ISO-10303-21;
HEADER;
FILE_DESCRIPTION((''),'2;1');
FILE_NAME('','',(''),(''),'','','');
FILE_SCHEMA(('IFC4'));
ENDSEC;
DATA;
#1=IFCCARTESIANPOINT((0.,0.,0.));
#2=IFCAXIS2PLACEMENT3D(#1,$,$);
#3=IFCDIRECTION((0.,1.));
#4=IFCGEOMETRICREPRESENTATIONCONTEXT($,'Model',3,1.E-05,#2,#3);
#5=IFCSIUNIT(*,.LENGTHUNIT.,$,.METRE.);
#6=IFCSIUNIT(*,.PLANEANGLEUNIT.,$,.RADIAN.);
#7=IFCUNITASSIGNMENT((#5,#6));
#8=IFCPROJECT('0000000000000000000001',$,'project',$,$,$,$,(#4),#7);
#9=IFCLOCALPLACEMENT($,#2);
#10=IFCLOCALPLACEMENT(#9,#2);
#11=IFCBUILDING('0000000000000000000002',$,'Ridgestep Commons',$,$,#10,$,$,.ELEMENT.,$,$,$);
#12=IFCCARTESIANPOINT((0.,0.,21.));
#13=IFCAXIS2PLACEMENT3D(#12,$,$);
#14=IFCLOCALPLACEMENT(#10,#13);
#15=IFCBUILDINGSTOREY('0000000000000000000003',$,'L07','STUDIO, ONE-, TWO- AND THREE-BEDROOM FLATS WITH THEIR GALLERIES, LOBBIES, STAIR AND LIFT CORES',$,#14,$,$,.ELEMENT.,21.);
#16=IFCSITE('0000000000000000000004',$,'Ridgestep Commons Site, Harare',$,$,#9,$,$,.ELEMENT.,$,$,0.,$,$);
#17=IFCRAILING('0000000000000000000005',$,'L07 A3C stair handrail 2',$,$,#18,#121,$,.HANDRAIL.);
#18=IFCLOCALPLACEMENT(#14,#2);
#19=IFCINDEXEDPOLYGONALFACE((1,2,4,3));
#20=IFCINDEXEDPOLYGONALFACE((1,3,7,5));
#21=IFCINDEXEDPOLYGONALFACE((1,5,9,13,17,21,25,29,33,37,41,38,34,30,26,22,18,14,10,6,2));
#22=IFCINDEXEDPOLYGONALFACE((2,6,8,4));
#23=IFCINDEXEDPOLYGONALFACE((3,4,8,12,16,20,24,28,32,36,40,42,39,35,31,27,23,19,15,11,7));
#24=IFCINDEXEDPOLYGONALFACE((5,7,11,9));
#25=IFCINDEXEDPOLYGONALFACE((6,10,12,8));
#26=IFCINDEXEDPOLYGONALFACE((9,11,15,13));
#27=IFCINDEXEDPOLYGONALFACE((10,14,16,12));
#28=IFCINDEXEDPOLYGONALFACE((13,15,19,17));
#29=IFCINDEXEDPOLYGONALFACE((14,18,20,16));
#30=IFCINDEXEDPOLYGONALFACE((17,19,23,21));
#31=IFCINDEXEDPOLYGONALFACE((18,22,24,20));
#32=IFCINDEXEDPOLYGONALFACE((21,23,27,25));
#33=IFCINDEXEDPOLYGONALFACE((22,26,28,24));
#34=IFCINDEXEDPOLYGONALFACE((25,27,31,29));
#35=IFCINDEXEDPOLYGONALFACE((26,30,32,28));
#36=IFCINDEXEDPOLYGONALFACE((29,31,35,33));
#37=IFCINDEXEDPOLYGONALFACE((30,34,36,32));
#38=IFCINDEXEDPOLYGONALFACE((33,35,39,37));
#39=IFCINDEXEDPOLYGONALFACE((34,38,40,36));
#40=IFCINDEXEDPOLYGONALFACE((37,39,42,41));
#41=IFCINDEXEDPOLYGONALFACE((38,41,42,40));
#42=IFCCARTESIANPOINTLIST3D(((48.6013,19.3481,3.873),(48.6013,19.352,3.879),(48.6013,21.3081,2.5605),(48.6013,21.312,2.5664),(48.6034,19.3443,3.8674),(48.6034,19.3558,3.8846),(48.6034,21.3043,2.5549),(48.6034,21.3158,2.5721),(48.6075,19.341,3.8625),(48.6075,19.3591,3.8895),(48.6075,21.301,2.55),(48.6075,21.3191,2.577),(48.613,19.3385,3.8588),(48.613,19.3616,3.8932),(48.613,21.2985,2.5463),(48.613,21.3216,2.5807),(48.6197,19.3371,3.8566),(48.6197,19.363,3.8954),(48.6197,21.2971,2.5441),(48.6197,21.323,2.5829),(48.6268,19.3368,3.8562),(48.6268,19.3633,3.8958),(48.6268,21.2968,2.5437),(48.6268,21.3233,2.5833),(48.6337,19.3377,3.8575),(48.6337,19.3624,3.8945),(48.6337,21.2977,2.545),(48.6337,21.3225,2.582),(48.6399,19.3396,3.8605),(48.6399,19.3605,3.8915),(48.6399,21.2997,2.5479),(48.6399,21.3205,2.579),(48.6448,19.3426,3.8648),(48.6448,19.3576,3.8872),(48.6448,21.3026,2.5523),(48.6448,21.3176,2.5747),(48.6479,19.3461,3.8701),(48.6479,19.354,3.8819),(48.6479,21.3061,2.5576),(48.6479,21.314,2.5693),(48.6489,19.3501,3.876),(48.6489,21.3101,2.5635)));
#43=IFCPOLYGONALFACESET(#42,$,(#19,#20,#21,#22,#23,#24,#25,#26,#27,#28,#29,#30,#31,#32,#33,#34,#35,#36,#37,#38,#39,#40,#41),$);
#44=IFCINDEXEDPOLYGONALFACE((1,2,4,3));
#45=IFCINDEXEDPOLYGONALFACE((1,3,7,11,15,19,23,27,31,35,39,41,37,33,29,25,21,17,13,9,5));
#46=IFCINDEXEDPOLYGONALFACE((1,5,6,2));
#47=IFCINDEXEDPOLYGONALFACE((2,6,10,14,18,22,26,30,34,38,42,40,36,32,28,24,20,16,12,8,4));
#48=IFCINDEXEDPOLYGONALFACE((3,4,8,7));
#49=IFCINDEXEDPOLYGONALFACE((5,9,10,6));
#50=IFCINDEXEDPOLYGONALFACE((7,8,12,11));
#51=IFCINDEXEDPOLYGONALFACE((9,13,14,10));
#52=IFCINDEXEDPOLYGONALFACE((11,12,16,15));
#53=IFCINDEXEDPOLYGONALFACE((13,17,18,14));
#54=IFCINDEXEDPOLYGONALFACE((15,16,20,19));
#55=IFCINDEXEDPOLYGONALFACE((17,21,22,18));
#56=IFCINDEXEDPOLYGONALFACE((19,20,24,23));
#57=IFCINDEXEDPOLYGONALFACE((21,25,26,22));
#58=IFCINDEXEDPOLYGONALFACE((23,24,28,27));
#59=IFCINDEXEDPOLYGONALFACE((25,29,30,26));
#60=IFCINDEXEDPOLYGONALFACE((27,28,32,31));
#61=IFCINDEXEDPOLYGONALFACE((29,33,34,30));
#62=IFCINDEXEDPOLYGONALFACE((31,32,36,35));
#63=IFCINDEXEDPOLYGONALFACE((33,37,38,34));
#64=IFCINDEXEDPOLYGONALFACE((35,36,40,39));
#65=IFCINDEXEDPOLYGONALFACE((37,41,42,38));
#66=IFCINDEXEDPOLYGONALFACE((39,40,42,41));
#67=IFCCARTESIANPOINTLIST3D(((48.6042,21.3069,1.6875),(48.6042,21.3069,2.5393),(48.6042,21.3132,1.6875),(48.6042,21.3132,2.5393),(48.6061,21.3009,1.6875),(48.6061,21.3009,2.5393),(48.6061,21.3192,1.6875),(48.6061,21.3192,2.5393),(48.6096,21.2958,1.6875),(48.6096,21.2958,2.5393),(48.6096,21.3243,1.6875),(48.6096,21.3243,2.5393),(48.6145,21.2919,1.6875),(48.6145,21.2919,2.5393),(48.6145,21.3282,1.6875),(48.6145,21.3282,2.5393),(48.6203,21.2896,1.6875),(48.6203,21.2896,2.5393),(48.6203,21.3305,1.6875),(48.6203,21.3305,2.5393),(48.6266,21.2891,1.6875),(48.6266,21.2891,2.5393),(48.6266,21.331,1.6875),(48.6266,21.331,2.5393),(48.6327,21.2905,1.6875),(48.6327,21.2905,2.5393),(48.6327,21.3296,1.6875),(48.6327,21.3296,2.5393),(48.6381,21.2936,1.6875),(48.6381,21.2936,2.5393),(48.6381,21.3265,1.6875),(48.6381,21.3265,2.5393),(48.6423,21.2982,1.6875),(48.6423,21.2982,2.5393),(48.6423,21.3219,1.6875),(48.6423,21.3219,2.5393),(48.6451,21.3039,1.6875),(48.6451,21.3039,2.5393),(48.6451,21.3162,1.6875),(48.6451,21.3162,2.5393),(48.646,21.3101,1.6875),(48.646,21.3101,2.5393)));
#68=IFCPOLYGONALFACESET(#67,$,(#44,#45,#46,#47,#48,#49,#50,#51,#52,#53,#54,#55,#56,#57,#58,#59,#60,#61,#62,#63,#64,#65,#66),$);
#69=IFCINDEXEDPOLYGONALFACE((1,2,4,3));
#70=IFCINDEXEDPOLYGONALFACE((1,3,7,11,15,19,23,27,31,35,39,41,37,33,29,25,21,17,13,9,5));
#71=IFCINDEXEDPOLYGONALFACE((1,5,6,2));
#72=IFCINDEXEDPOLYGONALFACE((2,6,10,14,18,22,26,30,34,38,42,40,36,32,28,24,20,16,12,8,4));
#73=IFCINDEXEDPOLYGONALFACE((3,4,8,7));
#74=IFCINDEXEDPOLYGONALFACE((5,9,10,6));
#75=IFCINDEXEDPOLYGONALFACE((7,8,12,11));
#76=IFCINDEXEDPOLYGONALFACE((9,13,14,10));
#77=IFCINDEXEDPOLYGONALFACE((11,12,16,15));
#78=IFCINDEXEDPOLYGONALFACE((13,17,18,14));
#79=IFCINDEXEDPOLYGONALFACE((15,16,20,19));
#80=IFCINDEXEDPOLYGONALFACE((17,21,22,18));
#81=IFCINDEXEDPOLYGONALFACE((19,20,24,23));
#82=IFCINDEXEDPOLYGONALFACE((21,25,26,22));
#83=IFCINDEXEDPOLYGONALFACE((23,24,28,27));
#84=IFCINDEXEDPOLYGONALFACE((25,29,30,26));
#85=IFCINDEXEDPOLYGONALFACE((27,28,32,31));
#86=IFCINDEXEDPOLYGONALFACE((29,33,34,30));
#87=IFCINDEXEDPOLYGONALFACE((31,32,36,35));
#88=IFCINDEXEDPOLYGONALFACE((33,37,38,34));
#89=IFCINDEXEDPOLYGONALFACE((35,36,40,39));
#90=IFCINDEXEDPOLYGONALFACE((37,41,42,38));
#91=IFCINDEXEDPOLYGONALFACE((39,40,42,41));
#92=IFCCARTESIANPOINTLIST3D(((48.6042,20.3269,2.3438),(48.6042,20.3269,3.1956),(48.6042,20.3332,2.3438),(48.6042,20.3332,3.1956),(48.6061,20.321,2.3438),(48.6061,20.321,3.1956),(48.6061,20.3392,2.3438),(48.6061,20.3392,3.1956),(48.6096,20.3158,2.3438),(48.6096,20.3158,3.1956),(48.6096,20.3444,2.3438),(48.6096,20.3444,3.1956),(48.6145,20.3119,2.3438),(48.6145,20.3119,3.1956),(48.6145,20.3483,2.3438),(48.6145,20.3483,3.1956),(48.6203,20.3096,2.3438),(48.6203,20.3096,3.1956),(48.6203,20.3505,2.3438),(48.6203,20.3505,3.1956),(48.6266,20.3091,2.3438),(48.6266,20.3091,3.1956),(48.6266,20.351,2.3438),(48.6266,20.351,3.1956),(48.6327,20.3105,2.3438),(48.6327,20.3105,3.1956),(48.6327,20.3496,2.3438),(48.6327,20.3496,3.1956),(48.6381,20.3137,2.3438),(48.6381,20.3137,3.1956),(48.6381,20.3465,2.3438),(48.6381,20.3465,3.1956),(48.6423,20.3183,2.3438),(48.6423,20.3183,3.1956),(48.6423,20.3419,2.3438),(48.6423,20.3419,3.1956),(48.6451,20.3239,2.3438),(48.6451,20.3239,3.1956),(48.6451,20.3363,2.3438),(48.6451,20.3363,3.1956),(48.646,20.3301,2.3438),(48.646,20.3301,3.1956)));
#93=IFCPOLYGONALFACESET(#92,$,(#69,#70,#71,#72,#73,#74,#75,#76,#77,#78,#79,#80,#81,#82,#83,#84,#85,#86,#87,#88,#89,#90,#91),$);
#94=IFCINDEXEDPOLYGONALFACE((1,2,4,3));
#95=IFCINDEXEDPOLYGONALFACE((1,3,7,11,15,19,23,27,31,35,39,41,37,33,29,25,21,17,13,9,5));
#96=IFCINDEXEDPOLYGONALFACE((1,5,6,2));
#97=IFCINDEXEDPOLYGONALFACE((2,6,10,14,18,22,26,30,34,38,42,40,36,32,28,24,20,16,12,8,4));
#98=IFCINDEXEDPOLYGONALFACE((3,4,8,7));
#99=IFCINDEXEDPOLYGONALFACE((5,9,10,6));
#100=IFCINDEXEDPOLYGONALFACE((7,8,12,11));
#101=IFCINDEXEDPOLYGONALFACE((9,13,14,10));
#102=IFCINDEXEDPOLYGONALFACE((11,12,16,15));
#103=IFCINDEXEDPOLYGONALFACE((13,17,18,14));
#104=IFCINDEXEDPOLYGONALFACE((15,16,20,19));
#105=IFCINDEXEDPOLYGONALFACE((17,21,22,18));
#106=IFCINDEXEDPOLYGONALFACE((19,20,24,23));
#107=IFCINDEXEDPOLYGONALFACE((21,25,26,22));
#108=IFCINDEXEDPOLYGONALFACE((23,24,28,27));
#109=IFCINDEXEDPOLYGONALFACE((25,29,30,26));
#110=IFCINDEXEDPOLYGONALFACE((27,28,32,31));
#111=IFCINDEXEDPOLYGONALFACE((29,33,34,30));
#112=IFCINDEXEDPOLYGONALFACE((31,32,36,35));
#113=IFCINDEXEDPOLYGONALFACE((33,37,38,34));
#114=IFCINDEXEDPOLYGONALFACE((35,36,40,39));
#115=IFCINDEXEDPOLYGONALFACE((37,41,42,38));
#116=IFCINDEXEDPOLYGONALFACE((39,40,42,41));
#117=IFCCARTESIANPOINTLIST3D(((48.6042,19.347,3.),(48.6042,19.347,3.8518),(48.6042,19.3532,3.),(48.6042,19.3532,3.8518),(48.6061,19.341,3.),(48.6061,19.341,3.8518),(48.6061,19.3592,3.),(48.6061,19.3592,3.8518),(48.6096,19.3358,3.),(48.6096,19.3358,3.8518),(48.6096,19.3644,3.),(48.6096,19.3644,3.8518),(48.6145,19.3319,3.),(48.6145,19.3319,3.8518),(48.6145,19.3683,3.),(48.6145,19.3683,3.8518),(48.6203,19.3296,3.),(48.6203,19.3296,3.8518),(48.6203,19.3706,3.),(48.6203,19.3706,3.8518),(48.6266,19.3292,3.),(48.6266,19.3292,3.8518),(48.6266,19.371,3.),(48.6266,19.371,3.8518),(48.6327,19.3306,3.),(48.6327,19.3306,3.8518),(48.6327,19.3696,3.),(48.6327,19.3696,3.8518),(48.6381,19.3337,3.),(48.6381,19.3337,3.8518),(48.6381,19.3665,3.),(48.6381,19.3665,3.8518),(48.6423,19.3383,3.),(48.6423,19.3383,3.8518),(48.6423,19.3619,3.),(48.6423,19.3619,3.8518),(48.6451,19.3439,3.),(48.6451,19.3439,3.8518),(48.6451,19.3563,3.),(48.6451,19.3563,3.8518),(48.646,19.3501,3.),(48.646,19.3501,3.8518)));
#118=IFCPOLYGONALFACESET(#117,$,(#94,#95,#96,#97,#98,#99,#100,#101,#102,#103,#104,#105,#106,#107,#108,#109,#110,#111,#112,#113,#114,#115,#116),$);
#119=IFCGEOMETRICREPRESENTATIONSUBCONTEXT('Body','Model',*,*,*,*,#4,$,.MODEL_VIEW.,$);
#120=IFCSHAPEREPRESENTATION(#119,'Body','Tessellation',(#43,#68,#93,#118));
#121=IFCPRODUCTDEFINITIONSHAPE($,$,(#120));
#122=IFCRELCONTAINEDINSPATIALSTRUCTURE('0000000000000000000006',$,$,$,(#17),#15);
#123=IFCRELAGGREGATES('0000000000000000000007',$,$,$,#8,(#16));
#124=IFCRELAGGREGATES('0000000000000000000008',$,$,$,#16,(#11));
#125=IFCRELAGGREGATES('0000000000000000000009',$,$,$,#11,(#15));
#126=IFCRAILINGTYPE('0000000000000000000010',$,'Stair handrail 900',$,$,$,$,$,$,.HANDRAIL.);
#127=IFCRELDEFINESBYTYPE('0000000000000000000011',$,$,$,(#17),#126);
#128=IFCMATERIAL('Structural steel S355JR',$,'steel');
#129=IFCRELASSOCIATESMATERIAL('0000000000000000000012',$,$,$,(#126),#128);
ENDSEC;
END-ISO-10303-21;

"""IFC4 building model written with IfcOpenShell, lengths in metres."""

from ifc_helpers import new_model, si_unit, direction, frame, origin, origin_2d, place, context, subcontext, project, spatial, circle, extrude, material, type_object, element, save


model = new_model("IFC4")

# Units and contexts
model_context = context("Model", 3, precision=1e-05, world=origin(), true_north=direction((0.0, 1.0)))
body_context = subcontext(model_context, "Body", "Model", "MODEL_VIEW")
ifc_project = project(units=[si_unit("LENGTHUNIT", "METRE"), si_unit("PLANEANGLEUNIT", "RADIAN")], contexts=[model_context])

# Site, building, storey
site_placement = place(None, origin())
site = spatial("IfcSite", under=ifc_project, at=site_placement, Name="Ridgestep Commons Site, Harare", CompositionType="ELEMENT", RefElevation=0.0)
building_placement = place(site_placement, origin())
building = spatial("IfcBuilding", under=site, at=building_placement, Name="Ridgestep Commons", CompositionType="ELEMENT")
storey_placement = place(building_placement, frame((0.0, 0.0, 21.0)))
storey = spatial("IfcBuildingStorey", under=building, at=storey_placement, Name="L07", Description="STUDIO, ONE-, TWO- AND THREE-BEDROOM FLATS WITH THEIR GALLERIES, LOBBIES, STAIR AND LIFT CORES", CompositionType="ELEMENT", Elevation=21.0)

# Railing
ifc_material_1 = material(Name="Structural steel S355JR", Category="steel")
railing_type_1 = type_object("IfcRailingType", Name="Stair handrail 900", PredefinedType="HANDRAIL", material=ifc_material_1)
railing_1_placement = place(storey_placement, frame((48.625, 21.3101, 1.6875)))
element("IfcRailing", 1, at=railing_1_placement, inside=storey, type_object=railing_type_1, Name="L07 A3C stair handrail 2", PredefinedType="HANDRAIL", context=body_context, shape_type="SweptSolid", body=[
    extrude(circle(Radius=0.0239, at=origin_2d()), frame((0.0, 0.0, 0.876), z_axis=(0.0, -0.830902, 0.556419), x_axis=(1.0, 0.0, 0.0)), (0.0, 0.0, 1.0), 2.3589),
    extrude(circle(Radius=0.021, at=origin_2d()), origin(), (0.0, 0.0, 1.0), 0.8518),
    extrude(circle(Radius=0.021, at=origin_2d()), frame((0.0, -0.98, 0.6562)), (0.0, 0.0, 1.0), 0.8518),
    extrude(circle(Radius=0.021, at=origin_2d()), frame((0.0, -1.96, 1.3125)), (0.0, 0.0, 1.0), 0.8518),
])

save(model, "model.ifc")
